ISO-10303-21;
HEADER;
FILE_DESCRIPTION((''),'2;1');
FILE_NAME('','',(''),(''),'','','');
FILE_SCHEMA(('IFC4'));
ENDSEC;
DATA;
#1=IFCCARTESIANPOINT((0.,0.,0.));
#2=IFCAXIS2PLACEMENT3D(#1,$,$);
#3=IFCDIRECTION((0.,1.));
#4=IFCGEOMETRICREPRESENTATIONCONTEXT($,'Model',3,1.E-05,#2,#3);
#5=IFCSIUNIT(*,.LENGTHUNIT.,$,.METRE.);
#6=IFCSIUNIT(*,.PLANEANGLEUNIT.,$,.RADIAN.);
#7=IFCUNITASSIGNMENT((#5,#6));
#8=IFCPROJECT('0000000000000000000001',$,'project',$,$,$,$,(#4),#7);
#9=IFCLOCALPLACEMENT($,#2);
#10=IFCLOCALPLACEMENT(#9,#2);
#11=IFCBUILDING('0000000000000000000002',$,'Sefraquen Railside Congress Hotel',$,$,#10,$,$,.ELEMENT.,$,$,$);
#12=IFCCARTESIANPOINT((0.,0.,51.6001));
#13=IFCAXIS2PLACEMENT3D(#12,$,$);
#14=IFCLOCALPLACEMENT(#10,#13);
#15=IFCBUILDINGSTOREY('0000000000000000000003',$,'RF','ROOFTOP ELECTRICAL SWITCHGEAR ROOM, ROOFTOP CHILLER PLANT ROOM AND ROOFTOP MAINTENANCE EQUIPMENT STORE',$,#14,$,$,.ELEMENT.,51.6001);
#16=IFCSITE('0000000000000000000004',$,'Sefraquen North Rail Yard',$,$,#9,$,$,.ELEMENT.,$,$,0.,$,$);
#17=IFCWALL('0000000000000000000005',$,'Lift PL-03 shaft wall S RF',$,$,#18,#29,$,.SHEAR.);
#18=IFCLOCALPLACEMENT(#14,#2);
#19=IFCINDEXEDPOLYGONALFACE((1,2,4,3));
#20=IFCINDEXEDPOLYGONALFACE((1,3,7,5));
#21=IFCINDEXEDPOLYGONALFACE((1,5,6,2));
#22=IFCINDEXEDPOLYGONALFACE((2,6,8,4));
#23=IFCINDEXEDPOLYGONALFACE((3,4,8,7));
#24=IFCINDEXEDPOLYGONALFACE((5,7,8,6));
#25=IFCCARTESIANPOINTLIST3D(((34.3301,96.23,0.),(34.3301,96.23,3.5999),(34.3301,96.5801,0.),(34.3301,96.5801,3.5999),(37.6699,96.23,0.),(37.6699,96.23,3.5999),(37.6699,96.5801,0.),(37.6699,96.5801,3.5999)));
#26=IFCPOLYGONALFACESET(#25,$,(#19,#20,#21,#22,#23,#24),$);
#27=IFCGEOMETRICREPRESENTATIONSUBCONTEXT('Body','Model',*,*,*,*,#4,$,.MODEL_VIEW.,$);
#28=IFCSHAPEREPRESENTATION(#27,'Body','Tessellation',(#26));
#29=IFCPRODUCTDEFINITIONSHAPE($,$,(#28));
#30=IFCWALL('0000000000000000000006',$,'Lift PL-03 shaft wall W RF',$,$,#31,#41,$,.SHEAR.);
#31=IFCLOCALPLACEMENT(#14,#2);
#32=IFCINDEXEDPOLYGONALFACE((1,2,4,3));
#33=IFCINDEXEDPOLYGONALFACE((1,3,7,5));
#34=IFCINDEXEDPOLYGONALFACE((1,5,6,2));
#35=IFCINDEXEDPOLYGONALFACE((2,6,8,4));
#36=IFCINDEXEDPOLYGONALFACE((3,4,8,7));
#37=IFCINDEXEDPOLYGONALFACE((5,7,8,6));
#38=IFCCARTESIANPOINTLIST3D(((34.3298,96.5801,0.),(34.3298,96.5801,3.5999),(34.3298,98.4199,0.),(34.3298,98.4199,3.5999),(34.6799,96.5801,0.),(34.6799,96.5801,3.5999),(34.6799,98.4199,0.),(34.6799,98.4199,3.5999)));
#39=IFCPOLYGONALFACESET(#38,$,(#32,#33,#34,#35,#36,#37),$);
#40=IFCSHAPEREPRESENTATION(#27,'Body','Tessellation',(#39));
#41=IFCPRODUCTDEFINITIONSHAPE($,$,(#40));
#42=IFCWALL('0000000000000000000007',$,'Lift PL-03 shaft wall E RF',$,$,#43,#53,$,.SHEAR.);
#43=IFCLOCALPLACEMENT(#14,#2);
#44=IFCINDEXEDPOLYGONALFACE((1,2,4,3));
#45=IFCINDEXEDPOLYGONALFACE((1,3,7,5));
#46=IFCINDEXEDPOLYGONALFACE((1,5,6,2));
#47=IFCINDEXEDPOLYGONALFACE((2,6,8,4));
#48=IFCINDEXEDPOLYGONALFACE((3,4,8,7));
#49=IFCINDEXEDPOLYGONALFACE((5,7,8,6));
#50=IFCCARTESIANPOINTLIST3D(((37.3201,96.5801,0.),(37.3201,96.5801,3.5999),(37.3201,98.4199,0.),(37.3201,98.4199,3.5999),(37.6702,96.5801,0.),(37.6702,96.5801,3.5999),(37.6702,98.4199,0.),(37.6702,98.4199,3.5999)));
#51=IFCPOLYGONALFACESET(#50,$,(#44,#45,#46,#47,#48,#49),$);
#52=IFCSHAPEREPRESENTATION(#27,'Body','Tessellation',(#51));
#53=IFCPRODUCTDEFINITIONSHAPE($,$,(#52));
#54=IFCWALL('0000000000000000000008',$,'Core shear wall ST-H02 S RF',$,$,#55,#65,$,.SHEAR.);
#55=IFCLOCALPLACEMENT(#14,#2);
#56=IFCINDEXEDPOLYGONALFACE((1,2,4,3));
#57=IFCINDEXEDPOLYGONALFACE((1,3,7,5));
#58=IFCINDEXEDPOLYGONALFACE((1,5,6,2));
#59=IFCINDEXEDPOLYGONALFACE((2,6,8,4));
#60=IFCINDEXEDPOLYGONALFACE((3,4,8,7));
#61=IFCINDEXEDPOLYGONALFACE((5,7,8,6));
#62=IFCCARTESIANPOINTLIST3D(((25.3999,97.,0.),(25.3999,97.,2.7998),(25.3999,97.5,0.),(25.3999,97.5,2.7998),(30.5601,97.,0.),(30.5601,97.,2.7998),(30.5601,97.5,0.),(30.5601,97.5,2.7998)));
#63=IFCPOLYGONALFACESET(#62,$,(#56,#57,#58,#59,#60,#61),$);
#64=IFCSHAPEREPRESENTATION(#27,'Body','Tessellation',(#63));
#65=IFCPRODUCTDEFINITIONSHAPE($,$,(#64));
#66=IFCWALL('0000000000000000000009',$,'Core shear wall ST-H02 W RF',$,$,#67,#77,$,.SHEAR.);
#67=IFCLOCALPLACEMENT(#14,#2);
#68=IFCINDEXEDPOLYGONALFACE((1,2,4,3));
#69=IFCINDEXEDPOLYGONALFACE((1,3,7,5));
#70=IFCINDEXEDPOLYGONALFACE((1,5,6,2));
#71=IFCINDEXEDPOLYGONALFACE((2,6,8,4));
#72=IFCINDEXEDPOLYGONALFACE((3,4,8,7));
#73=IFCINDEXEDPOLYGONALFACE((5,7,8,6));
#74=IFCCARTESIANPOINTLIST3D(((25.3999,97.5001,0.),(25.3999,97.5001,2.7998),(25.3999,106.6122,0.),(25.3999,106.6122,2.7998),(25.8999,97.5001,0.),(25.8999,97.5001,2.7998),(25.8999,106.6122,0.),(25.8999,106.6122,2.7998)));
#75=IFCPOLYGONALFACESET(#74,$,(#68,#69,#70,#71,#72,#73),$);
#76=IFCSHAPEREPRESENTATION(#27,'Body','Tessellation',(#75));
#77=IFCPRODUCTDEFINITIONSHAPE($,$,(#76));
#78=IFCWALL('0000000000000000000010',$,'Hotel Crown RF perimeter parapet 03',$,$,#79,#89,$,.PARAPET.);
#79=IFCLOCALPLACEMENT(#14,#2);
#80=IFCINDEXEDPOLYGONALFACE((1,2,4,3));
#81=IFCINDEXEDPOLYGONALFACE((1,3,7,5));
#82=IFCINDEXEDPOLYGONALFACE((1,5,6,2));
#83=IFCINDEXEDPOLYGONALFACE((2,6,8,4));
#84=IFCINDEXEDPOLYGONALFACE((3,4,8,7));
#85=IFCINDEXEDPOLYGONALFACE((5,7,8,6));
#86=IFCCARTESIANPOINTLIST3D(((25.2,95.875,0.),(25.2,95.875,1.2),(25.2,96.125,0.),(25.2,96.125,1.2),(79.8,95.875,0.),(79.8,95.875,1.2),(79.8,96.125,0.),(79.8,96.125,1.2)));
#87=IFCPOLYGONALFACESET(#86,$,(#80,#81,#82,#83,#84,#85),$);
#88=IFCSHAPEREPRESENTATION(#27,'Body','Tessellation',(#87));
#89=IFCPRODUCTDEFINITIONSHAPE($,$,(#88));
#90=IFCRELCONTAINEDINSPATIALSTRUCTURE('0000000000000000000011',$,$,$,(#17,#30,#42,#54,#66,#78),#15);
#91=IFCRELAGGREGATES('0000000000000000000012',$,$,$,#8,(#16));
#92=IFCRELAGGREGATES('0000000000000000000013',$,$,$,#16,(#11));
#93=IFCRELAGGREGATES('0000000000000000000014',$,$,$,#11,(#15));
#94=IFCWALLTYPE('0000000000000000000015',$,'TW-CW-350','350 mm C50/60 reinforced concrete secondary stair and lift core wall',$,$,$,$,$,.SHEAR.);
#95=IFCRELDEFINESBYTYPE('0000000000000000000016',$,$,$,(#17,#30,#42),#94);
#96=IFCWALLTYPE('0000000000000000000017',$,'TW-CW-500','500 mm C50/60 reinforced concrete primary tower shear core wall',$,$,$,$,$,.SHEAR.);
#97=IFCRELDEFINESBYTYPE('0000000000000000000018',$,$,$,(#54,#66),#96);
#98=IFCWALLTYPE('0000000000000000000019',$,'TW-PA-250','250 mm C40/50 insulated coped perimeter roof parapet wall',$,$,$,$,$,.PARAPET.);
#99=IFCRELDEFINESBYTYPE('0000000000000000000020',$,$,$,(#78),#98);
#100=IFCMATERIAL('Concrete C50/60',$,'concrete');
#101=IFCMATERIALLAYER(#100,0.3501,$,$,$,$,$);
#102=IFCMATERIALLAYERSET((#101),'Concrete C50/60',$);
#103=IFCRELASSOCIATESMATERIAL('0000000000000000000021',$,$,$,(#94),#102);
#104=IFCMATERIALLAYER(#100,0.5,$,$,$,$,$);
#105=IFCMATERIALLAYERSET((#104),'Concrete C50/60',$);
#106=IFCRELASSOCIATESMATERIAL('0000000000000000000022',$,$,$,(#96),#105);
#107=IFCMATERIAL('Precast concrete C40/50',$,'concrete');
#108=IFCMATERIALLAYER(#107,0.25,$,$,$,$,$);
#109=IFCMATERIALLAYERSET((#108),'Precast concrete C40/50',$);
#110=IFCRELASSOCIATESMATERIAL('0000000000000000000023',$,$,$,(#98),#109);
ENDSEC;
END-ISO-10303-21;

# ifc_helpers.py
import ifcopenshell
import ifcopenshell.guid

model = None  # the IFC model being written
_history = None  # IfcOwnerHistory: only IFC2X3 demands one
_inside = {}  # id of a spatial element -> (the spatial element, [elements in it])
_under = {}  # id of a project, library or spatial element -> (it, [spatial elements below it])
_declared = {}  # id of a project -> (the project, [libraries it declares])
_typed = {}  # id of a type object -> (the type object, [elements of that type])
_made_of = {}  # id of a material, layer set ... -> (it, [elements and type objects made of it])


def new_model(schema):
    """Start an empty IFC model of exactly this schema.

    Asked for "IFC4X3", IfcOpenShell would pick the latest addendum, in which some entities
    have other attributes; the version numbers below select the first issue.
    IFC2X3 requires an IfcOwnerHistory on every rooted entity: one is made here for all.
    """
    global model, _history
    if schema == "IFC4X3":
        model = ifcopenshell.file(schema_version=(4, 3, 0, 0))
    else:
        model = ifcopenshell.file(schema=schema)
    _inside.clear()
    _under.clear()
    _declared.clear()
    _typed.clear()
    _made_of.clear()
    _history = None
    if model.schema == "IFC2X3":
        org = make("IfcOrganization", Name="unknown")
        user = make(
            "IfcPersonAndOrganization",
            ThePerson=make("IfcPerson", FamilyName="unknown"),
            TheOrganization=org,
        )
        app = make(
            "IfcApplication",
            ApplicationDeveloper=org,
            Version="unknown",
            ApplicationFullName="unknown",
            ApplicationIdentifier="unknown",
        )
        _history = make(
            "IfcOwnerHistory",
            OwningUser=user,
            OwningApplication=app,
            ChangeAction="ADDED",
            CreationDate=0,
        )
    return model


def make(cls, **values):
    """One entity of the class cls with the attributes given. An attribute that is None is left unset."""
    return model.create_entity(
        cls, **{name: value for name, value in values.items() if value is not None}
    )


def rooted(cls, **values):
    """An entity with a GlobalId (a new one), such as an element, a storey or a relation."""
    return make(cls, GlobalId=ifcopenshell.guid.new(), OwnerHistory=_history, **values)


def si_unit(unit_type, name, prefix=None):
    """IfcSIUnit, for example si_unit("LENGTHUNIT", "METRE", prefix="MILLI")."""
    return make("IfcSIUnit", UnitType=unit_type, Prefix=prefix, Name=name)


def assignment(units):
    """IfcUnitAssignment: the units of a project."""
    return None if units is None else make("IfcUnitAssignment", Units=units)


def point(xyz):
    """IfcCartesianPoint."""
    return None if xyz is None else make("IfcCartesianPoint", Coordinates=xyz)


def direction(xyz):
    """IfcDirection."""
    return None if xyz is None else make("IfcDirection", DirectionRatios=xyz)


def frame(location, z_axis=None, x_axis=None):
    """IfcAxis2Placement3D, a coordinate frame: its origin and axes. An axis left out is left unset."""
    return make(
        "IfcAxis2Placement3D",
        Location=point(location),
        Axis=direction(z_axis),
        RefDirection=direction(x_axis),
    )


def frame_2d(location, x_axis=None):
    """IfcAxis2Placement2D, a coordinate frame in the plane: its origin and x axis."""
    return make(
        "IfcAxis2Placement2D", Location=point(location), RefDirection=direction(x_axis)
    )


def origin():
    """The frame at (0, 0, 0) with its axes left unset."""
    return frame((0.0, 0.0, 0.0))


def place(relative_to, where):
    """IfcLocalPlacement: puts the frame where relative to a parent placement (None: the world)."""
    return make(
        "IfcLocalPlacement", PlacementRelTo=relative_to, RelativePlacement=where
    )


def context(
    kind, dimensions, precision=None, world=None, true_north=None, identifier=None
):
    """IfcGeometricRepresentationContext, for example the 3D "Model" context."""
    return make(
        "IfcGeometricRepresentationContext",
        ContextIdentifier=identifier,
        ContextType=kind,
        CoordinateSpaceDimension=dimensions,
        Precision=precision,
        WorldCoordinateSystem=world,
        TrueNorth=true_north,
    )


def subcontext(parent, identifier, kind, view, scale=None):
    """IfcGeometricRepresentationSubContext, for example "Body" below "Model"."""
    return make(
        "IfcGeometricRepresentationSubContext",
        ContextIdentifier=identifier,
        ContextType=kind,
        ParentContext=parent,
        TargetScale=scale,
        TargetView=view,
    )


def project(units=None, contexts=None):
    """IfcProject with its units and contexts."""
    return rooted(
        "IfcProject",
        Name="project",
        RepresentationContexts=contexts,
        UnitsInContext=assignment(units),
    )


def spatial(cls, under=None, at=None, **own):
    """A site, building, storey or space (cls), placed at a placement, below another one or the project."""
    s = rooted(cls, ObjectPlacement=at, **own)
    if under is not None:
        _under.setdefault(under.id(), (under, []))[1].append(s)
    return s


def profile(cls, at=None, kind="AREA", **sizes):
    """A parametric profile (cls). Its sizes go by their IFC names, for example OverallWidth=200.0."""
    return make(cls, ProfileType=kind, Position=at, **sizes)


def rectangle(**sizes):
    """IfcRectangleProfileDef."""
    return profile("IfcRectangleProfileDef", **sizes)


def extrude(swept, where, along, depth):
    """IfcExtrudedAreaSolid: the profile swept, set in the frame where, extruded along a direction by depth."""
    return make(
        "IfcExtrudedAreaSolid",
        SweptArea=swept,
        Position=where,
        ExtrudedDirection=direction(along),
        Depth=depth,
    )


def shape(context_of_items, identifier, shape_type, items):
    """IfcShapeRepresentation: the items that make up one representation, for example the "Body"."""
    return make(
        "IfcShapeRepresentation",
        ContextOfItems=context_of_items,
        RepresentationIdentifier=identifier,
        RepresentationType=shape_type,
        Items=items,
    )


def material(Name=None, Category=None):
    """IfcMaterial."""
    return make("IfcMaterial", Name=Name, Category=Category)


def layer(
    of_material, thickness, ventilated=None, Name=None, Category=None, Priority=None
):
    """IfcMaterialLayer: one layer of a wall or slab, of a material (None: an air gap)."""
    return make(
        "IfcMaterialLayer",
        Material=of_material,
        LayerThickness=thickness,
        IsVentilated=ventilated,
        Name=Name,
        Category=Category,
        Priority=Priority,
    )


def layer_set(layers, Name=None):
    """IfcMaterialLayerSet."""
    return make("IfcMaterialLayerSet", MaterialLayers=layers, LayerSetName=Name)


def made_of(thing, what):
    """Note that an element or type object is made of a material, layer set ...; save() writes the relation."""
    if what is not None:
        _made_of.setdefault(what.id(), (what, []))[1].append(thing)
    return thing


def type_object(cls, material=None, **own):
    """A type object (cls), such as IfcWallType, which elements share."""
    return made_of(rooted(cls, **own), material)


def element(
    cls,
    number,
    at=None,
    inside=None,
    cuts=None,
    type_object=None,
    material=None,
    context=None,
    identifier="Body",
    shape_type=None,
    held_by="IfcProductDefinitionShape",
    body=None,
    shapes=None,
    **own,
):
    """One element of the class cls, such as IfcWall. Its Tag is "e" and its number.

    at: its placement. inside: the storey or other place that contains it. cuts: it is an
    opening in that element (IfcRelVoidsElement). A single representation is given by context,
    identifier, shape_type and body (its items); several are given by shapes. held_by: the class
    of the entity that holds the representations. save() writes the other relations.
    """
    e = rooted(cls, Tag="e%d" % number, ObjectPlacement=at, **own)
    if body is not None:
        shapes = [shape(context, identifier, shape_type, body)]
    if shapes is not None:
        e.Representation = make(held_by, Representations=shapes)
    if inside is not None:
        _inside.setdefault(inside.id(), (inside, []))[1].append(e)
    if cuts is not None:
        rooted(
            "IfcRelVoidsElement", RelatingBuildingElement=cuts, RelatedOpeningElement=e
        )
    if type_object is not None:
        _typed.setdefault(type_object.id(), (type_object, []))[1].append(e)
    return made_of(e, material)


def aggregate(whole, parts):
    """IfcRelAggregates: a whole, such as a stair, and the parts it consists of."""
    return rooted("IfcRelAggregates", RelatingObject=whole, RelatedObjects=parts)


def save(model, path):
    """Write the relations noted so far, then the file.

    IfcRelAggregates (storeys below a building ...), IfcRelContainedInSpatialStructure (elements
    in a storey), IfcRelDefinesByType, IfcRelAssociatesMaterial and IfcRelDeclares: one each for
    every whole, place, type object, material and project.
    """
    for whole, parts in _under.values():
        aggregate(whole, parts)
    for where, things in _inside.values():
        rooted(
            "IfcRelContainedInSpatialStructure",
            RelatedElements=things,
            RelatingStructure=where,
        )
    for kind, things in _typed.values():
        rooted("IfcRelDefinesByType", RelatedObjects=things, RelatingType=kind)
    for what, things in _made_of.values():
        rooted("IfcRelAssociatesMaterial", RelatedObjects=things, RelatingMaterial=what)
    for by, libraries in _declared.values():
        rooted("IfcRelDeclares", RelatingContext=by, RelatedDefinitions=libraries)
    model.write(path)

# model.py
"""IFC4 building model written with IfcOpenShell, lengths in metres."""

from ifc_helpers import new_model, si_unit, direction, frame, frame_2d, origin, place, context, subcontext, project, spatial, rectangle, extrude, material, layer, layer_set, type_object, element, save


model = new_model("IFC4")

# Units and contexts
model_context = context("Model", 3, precision=1e-05, world=origin(), true_north=direction((0.0, 1.0)))
body_context = subcontext(model_context, "Body", "Model", "MODEL_VIEW")
ifc_project = project(units=[si_unit("LENGTHUNIT", "METRE"), si_unit("PLANEANGLEUNIT", "RADIAN")], contexts=[model_context])

# Site, building, storey
site_placement = place(None, origin())
site = spatial("IfcSite", under=ifc_project, at=site_placement, Name="Sefraquen North Rail Yard", CompositionType="ELEMENT", RefElevation=0.0)
building_placement = place(site_placement, origin())
building = spatial("IfcBuilding", under=site, at=building_placement, Name="Sefraquen Railside Congress Hotel", CompositionType="ELEMENT")
storey_placement = place(building_placement, frame((0.0, 0.0, 51.6001)))
storey = spatial("IfcBuildingStorey", under=building, at=storey_placement, Name="RF", Description="ROOFTOP ELECTRICAL SWITCHGEAR ROOM, ROOFTOP CHILLER PLANT ROOM AND ROOFTOP MAINTENANCE EQUIPMENT STORE", CompositionType="ELEMENT", Elevation=51.6001)

# Shared definitions
ifc_material_1 = material(Name="Concrete C50/60", Category="concrete")
ifc_layer_1 = layer(ifc_material_1, 0.3501)
ifc_layer_set_1 = layer_set([ifc_layer_1], Name="Concrete C50/60")
wall_type_1 = type_object("IfcWallType", Name="TW-CW-350", Description="350 mm C50/60 reinforced concrete secondary stair and lift core wall", PredefinedType="SHEAR", material=ifc_layer_set_1)

# Walls
wall_1_placement = place(storey_placement, frame((34.3301, 96.405, 0.0), z_axis=(0.0, 0.0, 1.0), x_axis=(1.0, 0.0, 0.0)))
element("IfcWall", 1, at=wall_1_placement, inside=storey, type_object=wall_type_1, Name="Lift PL-03 shaft wall S RF", PredefinedType="SHEAR", context=body_context, shape_type="SweptSolid", body=[
    extrude(rectangle(XDim=3.3398, YDim=0.3501, at=frame_2d((1.6699, 0.0))), origin(), (0.0, 0.0, 1.0), 3.5999),
])
for number, where, z_axis, x_axis, name in (
    (2, (34.5049, 96.5801, 0.0), (0.0, 0.0, 1.0), (0.0, 1.0, 0.0), "Lift PL-03 shaft wall W RF"),
    (3, (37.4951, 96.5801, 0.0), (0.0, 0.0, 1.0), (0.0, 1.0, 0.0), "Lift PL-03 shaft wall E RF"),
):
    element("IfcWall", number, at=place(storey_placement, frame(where, z_axis=z_axis, x_axis=x_axis)), inside=storey, type_object=wall_type_1, Name=name, PredefinedType="SHEAR", context=body_context, shape_type="SweptSolid", body=[
        extrude(rectangle(XDim=1.8398, YDim=0.3501, at=frame_2d((0.9199, 0.0))), origin(), (0.0, 0.0, 1.0), 3.5999),
    ])
ifc_layer_2 = layer(ifc_material_1, 0.5)
ifc_layer_set_2 = layer_set([ifc_layer_2], Name="Concrete C50/60")
wall_type_2 = type_object("IfcWallType", Name="TW-CW-500", Description="500 mm C50/60 reinforced concrete primary tower shear core wall", PredefinedType="SHEAR", material=ifc_layer_set_2)
wall_2_placement = place(storey_placement, frame((25.3999, 97.25, 0.0), z_axis=(0.0, 0.0, 1.0), x_axis=(1.0, 0.0, 0.0)))
element("IfcWall", 4, at=wall_2_placement, inside=storey, type_object=wall_type_2, Name="Core shear wall ST-H02 S RF", PredefinedType="SHEAR", context=body_context, shape_type="SweptSolid", body=[
    extrude(rectangle(XDim=5.1602, YDim=0.5, at=frame_2d((2.5801, 0.0))), origin(), (0.0, 0.0, 1.0), 2.7998),
])
wall_3_placement = place(storey_placement, frame((25.6499, 97.5, 0.0), z_axis=(0.0, 0.0, 1.0), x_axis=(0.0, 1.0, 0.0)))
element("IfcWall", 5, at=wall_3_placement, inside=storey, type_object=wall_type_2, Name="Core shear wall ST-H02 W RF", PredefinedType="SHEAR", context=body_context, shape_type="SweptSolid", body=[
    extrude(rectangle(XDim=9.1121, YDim=0.5, at=frame_2d((4.5562, 0.0))), origin(), (0.0, 0.0, 1.0), 2.7998),
])

# Wall
ifc_material_2 = material(Name="Precast concrete C40/50", Category="concrete")
ifc_layer_3 = layer(ifc_material_2, 0.25)
ifc_layer_set_3 = layer_set([ifc_layer_3], Name="Precast concrete C40/50")
wall_type_3 = type_object("IfcWallType", Name="TW-PA-250", Description="250 mm C40/50 insulated coped perimeter roof parapet wall", PredefinedType="PARAPET", material=ifc_layer_set_3)
wall_4_placement = place(storey_placement, frame((25.2, 96.0, 0.0), z_axis=(0.0, 0.0, 1.0), x_axis=(1.0, 0.0, 0.0)))
element("IfcWall", 6, at=wall_4_placement, inside=storey, type_object=wall_type_3, Name="Hotel Crown RF perimeter parapet 03", PredefinedType="PARAPET", context=body_context, shape_type="SweptSolid", body=[
    extrude(rectangle(XDim=54.6001, YDim=0.25, at=frame_2d((27.3, 0.0))), origin(), (0.0, 0.0, 1.0), 1.2),
])

save(model, "model.ifc")
